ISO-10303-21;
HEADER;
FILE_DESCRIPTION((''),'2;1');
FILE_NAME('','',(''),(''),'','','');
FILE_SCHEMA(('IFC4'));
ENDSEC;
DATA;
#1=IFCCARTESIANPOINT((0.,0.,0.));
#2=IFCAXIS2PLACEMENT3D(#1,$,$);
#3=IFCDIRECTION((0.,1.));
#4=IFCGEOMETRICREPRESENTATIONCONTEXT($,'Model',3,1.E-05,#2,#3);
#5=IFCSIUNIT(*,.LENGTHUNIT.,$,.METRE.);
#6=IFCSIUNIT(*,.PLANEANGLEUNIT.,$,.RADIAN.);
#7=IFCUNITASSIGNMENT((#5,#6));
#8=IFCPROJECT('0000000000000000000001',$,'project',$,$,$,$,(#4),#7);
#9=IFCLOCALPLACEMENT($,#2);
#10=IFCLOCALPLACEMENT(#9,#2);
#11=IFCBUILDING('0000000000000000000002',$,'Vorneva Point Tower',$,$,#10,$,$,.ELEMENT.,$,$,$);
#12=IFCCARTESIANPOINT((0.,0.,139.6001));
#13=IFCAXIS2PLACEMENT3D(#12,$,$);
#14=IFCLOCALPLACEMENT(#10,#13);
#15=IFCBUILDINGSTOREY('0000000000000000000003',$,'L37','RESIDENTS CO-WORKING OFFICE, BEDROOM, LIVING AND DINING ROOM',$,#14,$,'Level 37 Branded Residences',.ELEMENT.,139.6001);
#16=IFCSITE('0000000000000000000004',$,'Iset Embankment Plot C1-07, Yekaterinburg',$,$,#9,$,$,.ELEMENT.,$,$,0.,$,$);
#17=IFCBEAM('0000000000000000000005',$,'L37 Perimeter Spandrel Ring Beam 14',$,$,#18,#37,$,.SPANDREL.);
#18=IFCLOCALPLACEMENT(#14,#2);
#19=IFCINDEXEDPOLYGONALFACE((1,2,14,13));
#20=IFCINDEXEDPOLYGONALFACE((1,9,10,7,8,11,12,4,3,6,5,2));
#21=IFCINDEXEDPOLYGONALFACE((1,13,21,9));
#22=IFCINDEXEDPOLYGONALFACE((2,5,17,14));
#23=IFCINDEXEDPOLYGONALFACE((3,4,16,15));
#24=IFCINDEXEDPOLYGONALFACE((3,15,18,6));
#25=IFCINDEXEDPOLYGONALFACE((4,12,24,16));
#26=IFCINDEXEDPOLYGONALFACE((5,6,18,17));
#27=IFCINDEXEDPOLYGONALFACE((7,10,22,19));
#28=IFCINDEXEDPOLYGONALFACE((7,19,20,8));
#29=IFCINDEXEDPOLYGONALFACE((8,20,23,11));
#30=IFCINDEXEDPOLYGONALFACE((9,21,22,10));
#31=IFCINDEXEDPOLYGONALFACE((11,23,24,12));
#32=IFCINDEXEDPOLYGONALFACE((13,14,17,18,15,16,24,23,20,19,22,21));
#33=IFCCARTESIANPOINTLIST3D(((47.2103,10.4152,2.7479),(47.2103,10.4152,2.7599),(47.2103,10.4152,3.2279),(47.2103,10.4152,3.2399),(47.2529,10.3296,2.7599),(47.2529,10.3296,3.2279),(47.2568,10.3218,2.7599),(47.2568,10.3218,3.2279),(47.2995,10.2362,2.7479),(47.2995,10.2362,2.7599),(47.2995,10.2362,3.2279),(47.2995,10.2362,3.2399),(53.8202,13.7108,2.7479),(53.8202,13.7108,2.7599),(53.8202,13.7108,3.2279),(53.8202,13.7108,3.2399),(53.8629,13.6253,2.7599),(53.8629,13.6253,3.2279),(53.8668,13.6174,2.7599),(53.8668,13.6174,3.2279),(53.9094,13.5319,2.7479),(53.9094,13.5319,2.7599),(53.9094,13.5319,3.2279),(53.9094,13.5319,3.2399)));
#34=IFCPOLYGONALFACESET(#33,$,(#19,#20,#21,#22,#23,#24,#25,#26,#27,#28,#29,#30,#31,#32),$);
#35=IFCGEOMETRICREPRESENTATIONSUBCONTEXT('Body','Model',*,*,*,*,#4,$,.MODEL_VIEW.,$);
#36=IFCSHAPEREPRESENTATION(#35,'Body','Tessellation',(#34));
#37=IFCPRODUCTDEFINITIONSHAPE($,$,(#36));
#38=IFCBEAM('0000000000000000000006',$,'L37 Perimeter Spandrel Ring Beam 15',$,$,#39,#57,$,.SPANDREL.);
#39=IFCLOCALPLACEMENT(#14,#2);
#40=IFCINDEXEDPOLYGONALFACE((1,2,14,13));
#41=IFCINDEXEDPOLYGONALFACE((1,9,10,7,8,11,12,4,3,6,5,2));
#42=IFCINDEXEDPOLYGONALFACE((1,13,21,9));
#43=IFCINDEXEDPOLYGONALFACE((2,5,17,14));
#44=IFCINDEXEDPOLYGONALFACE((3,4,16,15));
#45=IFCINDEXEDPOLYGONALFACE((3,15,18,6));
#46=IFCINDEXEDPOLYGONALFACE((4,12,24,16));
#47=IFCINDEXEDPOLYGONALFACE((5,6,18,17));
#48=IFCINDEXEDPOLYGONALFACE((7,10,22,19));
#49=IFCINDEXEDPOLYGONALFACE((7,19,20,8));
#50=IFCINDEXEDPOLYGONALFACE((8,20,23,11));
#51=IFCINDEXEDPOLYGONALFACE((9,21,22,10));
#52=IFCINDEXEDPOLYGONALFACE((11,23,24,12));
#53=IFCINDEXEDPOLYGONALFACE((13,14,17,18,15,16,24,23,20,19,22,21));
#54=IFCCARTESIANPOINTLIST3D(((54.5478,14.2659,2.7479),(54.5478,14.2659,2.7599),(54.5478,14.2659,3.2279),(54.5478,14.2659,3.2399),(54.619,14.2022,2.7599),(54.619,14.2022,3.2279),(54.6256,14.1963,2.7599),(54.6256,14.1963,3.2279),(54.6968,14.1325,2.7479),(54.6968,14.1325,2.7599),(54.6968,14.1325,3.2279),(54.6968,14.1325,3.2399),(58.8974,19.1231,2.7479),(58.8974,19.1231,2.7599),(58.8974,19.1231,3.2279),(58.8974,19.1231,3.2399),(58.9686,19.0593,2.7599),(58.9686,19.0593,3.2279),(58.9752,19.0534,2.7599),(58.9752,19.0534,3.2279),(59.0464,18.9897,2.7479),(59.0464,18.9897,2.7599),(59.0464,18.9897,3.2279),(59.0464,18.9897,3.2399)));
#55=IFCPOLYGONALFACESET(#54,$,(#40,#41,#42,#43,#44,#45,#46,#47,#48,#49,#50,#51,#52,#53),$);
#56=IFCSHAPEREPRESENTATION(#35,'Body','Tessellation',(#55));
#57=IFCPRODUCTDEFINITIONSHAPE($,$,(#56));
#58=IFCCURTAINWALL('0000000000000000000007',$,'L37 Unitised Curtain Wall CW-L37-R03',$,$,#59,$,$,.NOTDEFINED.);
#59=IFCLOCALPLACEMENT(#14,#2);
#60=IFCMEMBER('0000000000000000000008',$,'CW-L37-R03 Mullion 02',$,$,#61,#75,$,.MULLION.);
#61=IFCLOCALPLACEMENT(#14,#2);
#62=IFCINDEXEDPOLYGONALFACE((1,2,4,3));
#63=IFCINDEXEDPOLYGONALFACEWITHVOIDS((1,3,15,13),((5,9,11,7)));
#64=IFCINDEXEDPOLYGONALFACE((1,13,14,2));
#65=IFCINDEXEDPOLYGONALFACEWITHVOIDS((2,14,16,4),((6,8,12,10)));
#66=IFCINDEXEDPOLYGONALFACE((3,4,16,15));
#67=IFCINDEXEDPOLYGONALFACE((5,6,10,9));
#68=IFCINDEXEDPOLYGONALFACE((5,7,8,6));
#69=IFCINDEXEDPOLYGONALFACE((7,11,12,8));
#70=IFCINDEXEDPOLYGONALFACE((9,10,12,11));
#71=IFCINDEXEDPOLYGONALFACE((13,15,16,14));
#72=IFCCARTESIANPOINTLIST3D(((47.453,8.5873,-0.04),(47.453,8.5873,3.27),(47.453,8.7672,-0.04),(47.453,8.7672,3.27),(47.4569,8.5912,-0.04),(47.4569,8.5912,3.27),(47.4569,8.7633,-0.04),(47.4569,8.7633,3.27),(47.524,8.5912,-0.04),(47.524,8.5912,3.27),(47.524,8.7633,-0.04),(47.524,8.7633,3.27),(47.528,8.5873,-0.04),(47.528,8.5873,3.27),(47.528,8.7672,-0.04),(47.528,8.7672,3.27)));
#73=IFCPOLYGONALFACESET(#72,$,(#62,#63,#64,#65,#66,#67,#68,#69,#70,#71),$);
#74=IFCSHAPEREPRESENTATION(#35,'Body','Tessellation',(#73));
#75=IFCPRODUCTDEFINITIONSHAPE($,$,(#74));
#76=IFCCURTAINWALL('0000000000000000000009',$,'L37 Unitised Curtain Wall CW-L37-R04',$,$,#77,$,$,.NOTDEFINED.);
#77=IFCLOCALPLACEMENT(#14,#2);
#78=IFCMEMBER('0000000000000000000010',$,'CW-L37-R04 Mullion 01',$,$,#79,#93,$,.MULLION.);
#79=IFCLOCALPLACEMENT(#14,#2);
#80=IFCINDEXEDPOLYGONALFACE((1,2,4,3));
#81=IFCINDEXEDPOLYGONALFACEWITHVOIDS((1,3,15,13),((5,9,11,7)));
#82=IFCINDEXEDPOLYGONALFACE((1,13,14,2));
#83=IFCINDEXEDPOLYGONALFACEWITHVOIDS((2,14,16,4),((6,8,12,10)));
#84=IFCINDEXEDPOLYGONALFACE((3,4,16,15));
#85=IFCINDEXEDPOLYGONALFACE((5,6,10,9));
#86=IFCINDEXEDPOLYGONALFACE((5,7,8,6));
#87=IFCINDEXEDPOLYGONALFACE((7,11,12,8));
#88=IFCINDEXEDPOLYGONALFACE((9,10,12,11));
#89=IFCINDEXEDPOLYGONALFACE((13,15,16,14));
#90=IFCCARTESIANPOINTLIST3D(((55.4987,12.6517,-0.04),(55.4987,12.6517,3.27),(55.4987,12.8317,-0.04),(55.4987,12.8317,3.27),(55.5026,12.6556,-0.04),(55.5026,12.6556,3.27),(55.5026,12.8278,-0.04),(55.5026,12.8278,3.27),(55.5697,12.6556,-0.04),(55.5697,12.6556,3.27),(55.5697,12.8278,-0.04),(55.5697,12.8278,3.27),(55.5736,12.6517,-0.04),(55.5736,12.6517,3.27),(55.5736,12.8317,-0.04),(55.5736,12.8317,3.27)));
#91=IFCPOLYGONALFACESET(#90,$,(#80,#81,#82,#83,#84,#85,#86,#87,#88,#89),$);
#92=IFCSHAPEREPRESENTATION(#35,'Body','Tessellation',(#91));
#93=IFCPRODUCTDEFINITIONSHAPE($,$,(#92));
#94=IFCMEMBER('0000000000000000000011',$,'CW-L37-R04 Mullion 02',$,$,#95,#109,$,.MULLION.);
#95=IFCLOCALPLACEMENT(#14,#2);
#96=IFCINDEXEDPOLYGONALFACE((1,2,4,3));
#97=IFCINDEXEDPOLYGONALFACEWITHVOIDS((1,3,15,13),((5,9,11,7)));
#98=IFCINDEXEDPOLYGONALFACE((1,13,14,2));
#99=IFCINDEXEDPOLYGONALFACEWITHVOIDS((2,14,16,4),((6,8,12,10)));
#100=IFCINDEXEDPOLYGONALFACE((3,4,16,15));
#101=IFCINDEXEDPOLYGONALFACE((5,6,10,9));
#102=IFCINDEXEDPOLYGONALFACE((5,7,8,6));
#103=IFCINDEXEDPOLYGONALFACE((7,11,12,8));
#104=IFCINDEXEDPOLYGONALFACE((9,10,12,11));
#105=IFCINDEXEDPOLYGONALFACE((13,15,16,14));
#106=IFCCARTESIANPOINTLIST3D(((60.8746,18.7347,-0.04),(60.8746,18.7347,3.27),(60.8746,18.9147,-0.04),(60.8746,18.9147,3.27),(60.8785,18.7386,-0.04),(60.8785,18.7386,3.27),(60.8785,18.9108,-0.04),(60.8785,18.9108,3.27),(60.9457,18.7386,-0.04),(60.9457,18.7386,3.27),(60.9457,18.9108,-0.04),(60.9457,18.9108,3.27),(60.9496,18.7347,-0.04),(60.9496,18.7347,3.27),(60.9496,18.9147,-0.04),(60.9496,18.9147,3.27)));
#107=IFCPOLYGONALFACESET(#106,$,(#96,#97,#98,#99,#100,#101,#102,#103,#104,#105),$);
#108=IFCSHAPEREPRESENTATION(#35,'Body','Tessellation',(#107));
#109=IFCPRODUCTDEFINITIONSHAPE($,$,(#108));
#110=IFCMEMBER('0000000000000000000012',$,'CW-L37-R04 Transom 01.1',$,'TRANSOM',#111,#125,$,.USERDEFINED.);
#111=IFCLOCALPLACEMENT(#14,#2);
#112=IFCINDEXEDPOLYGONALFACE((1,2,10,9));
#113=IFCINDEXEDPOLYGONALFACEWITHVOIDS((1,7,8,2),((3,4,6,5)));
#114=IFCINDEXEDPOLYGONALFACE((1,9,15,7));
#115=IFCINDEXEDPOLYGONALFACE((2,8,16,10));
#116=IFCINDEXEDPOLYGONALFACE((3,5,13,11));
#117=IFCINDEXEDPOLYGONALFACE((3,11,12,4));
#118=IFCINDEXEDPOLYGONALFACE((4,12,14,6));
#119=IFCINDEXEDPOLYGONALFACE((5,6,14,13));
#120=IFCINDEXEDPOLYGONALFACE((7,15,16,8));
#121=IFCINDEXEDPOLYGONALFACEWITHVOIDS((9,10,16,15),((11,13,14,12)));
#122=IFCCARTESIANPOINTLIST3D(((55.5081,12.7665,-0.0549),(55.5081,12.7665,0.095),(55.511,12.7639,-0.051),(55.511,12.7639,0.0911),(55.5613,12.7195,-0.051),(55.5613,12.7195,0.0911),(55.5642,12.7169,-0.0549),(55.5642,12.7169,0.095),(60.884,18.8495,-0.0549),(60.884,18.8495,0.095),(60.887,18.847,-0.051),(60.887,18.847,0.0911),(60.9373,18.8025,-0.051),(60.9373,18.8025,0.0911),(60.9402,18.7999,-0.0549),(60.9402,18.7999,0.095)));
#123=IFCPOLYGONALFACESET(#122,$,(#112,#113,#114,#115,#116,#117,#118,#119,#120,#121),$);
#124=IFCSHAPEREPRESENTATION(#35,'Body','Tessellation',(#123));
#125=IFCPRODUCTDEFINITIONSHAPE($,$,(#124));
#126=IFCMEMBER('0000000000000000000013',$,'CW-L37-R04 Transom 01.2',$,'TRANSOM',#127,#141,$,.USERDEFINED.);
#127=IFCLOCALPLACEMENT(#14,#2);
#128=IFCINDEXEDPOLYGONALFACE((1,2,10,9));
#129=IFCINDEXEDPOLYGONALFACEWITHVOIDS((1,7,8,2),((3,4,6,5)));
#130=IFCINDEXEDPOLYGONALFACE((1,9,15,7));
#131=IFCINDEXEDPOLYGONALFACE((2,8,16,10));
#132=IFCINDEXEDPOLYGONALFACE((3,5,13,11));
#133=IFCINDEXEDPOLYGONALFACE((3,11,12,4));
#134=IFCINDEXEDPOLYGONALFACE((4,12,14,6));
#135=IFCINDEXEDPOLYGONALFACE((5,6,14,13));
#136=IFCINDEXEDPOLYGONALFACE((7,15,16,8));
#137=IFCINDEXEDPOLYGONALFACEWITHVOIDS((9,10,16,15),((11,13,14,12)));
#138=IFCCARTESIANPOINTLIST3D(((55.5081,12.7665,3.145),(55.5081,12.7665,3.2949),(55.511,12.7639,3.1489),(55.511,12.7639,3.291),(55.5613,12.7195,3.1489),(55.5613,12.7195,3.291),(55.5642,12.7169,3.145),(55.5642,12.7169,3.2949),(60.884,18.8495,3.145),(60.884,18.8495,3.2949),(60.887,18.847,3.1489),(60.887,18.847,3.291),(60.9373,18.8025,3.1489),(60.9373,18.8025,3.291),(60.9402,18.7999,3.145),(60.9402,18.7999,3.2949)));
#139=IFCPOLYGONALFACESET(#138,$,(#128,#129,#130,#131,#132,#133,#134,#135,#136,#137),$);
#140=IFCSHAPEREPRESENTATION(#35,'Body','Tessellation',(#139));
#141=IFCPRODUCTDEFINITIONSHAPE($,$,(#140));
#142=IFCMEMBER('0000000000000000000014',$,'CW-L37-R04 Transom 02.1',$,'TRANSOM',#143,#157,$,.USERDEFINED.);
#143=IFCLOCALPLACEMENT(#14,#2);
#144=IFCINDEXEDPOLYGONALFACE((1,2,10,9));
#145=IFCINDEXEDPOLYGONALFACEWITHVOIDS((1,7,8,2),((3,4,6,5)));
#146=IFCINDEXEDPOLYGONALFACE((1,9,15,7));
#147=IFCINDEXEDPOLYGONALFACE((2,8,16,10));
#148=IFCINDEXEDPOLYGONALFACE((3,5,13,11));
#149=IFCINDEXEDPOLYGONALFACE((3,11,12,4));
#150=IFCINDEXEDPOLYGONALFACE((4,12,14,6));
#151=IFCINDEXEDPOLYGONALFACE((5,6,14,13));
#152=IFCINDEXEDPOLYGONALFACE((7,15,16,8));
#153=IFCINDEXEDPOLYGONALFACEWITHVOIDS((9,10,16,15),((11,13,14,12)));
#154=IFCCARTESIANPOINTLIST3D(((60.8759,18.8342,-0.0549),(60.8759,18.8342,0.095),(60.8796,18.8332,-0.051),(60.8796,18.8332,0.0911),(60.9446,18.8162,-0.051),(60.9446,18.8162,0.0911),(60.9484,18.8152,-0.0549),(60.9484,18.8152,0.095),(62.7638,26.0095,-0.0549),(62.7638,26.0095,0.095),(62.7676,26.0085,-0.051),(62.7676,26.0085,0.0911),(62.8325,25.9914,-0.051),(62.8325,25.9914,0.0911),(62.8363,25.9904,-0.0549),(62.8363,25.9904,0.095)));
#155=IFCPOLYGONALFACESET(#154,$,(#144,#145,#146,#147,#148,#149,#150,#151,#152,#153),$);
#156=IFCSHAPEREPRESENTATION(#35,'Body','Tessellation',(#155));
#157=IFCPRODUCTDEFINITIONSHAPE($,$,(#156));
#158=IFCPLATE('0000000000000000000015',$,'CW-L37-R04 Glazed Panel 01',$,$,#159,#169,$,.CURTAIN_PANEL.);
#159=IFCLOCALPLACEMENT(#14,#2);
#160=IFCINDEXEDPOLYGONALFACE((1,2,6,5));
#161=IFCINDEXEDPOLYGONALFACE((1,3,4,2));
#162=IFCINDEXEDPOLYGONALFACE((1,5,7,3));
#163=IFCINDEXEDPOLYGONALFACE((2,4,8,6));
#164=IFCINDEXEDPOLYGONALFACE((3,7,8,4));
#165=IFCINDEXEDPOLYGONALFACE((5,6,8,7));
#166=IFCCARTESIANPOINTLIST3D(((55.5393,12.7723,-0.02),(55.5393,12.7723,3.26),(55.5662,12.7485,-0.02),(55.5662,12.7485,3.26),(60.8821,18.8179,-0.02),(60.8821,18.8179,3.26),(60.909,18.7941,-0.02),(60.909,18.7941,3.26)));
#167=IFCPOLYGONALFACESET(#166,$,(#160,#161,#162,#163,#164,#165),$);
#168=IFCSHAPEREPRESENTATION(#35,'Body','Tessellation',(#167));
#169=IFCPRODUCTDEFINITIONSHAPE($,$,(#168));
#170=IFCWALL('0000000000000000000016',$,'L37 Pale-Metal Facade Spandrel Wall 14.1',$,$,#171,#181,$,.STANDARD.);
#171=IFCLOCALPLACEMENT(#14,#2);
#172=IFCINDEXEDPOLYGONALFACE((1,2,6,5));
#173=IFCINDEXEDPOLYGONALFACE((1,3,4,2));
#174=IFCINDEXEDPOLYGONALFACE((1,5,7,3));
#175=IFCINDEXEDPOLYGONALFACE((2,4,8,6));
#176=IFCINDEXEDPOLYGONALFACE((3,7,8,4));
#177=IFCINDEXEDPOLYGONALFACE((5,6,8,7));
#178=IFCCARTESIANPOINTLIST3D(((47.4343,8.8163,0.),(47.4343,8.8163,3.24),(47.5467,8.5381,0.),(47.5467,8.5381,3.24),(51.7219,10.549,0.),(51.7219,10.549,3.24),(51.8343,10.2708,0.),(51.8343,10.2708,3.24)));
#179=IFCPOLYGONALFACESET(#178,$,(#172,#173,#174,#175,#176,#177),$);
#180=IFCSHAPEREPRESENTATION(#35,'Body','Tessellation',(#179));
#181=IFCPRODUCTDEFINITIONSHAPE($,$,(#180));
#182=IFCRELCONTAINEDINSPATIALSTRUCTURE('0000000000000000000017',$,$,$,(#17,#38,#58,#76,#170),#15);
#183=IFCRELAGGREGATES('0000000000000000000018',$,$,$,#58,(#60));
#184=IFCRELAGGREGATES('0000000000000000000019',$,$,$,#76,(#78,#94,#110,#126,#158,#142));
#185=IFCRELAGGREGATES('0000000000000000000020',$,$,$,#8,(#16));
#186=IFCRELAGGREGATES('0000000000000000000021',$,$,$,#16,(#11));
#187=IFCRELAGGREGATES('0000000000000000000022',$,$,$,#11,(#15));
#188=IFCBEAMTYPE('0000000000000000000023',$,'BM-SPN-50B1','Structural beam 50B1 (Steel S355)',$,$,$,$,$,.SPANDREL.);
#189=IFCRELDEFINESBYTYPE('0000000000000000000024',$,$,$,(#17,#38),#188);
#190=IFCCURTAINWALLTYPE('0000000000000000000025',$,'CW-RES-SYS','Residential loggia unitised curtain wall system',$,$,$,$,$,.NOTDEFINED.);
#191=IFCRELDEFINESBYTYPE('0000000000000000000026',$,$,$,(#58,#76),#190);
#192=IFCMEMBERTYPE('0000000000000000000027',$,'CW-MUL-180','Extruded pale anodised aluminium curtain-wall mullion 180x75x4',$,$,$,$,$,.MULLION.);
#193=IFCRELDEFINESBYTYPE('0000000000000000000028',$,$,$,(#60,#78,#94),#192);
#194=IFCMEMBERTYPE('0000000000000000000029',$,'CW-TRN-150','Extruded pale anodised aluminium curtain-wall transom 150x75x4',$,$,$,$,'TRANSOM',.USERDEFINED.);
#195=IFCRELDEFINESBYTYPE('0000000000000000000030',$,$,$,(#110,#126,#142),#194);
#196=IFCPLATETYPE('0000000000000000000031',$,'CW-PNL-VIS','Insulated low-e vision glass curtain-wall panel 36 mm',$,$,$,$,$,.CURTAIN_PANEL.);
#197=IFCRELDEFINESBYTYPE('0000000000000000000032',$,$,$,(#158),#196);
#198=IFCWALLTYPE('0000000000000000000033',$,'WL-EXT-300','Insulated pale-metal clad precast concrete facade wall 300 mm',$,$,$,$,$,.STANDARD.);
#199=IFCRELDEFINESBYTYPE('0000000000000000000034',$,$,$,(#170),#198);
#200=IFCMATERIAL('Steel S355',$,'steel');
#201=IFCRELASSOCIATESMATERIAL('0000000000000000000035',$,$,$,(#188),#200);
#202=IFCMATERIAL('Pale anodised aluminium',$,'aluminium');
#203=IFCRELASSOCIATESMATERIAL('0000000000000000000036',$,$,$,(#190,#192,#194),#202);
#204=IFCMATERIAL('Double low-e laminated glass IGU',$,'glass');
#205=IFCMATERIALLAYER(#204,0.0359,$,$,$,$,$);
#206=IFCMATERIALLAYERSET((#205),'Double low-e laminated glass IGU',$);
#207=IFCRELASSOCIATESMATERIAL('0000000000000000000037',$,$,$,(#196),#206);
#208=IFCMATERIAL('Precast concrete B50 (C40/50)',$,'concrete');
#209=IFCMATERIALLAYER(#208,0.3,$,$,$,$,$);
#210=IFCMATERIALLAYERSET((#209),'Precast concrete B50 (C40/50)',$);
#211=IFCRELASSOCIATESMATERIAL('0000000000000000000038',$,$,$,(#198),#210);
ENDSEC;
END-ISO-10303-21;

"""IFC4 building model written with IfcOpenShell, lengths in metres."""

from ifc_helpers import new_model, si_unit, direction, frame, frame_2d, origin, origin_2d, place, context, subcontext, project, spatial, rectangle, hollow_rectangle, i_section, extrude, material, layer, layer_set, material_profile, profile_set, type_object, element, aggregate, save


model = new_model("IFC4")

# Units and contexts
model_context = context("Model", 3, precision=1e-05, world=origin(), true_north=direction((0.0, 1.0)))
body_context = subcontext(model_context, "Body", "Model", "MODEL_VIEW")
ifc_project = project(units=[si_unit("LENGTHUNIT", "METRE"), si_unit("PLANEANGLEUNIT", "RADIAN")], contexts=[model_context])

# Site, building, storey
site_placement = place(None, origin())
site = spatial("IfcSite", under=ifc_project, at=site_placement, Name="Iset Embankment Plot C1-07, Yekaterinburg", CompositionType="ELEMENT", RefElevation=0.0)
building_placement = place(site_placement, origin())
building = spatial("IfcBuilding", under=site, at=building_placement, Name="Vorneva Point Tower", CompositionType="ELEMENT")
storey_placement = place(building_placement, frame((0.0, 0.0, 139.6001)))
storey = spatial("IfcBuildingStorey", under=building, at=storey_placement, Name="L37", Description="RESIDENTS CO-WORKING OFFICE, BEDROOM, LIVING AND DINING ROOM", LongName="Level 37 Branded Residences", CompositionType="ELEMENT", Elevation=139.6001)

# Beams
ifc_material_1 = material(Name="Steel S355", Category="steel")
ifc_material_profile_1 = material_profile(ifc_material_1, i_section(OverallWidth=0.2, OverallDepth=0.4919, WebThickness=0.0088, FlangeThickness=0.012, at=origin_2d()), Name="50B1")
ifc_profile_set_1 = profile_set([ifc_material_profile_1], Name="Steel S355")
beam_type_1 = type_object("IfcBeamType", Name="BM-SPN-50B1", Description="Structural beam 50B1 (Steel S355)", PredefinedType="SPANDREL", material=ifc_profile_set_1)
beam_1_placement = place(storey_placement, frame((47.2549, 10.3257, 2.9939), z_axis=(0.894929, 0.446208, 0.0), x_axis=(-0.446208, 0.894929, 0.0)))
element("IfcBeam", 1, at=beam_1_placement, inside=storey, type_object=beam_type_1, Name="L37 Perimeter Spandrel Ring Beam 14", PredefinedType="SPANDREL", context=body_context, shape_type="SweptSolid", body=[
    extrude(i_section(OverallWidth=0.2, OverallDepth=0.4919, WebThickness=0.0088, FlangeThickness=0.012, at=origin_2d()), origin(), (0.0, 0.0, 1.0), 7.386),
])
beam_2_placement = place(storey_placement, frame((54.6223, 14.1992, 2.9939), z_axis=(0.667111, 0.744958, 0.0), x_axis=(-0.744958, 0.667111, 0.0)))
element("IfcBeam", 2, at=beam_2_placement, inside=storey, type_object=beam_type_1, Name="L37 Perimeter Spandrel Ring Beam 15", PredefinedType="SPANDREL", context=body_context, shape_type="SweptSolid", body=[
    extrude(i_section(OverallWidth=0.2, OverallDepth=0.4919, WebThickness=0.0088, FlangeThickness=0.012, at=origin_2d()), origin(), (0.0, 0.0, 1.0), 6.52),
])

# Curtain wall, member
ifc_material_2 = material(Name="Pale anodised aluminium", Category="aluminium")
curtain_wall_type = type_object("IfcCurtainWallType", Name="CW-RES-SYS", Description="Residential loggia unitised curtain wall system", PredefinedType="NOTDEFINED", material=ifc_material_2)
curtain_wall_1_placement = place(storey_placement, origin())
curtain_wall_1 = element("IfcCurtainWall", 3, at=curtain_wall_1_placement, inside=storey, type_object=curtain_wall_type, Name="L37 Unitised Curtain Wall CW-L37-R03", PredefinedType="NOTDEFINED")
ifc_material_profile_2 = material_profile(ifc_material_2, hollow_rectangle(XDim=0.075, YDim=0.1799, WallThickness=0.0039, at=origin_2d()), Name="AL-MUL 180x75x4")
ifc_profile_set_2 = profile_set([ifc_material_profile_2], Name="Pale anodised aluminium")
member_type_1 = type_object("IfcMemberType", Name="CW-MUL-180", Description="Extruded pale anodised aluminium curtain-wall mullion 180x75x4", PredefinedType="MULLION", material=ifc_profile_set_2)
member_1_placement = place(storey_placement, frame((47.4905, 8.6772, -0.04), z_axis=(0.0, 0.0, 1.0), x_axis=(1.0, 0.0, 0.0)))
member_1 = element("IfcMember", 4, at=member_1_placement, type_object=member_type_1, Name="CW-L37-R03 Mullion 02", PredefinedType="MULLION", context=body_context, shape_type="SweptSolid", body=[
    extrude(hollow_rectangle(XDim=0.075, YDim=0.1799, WallThickness=0.0039, at=origin_2d()), origin(), (0.0, 0.0, 1.0), 3.3101),
])
aggregate(curtain_wall_1, [member_1])

# Curtain wall, members, plate
curtain_wall_2_placement = place(storey_placement, origin())
curtain_wall_2 = element("IfcCurtainWall", 5, at=curtain_wall_2_placement, inside=storey, type_object=curtain_wall_type, Name="L37 Unitised Curtain Wall CW-L37-R04", PredefinedType="NOTDEFINED")
member_2_placement = place(storey_placement, frame((55.5361, 12.7417, -0.04), z_axis=(0.0, 0.0, 1.0), x_axis=(1.0, 0.0, 0.0)))
member_2 = element("IfcMember", 6, at=member_2_placement, type_object=member_type_1, Name="CW-L37-R04 Mullion 01", PredefinedType="MULLION", context=body_context, shape_type="SweptSolid", body=[
    extrude(hollow_rectangle(XDim=0.075, YDim=0.1799, WallThickness=0.0039, at=origin_2d()), origin(), (0.0, 0.0, 1.0), 3.3101),
])
member_3_placement = place(storey_placement, frame((60.9121, 18.8247, -0.04), z_axis=(0.0, 0.0, 1.0), x_axis=(1.0, 0.0, 0.0)))
member_3 = element("IfcMember", 7, at=member_3_placement, type_object=member_type_1, Name="CW-L37-R04 Mullion 02", PredefinedType="MULLION", context=body_context, shape_type="SweptSolid", body=[
    extrude(hollow_rectangle(XDim=0.075, YDim=0.1799, WallThickness=0.0039, at=origin_2d()), origin(), (0.0, 0.0, 1.0), 3.3101),
])
ifc_material_profile_3 = material_profile(ifc_material_2, hollow_rectangle(XDim=0.075, YDim=0.1499, WallThickness=0.0039, at=origin_2d()), Name="AL-TRN 150x75x4")
ifc_profile_set_3 = profile_set([ifc_material_profile_3], Name="Pale anodised aluminium")
member_type_2 = type_object("IfcMemberType", Name="CW-TRN-150", Description="Extruded pale anodised aluminium curtain-wall transom 150x75x4", ElementType="TRANSOM", PredefinedType="USERDEFINED", material=ifc_profile_set_3)
member_4_placement = place(storey_placement, frame((55.5361, 12.7417, 0.02), z_axis=(0.662218, 0.749311, 0.0), x_axis=(-0.749311, 0.662218, 0.0)))
member_4 = element("IfcMember", 8, at=member_4_placement, type_object=member_type_2, Name="CW-L37-R04 Transom 01.1", ObjectType="TRANSOM", PredefinedType="USERDEFINED", context=body_context, shape_type="SweptSolid", body=[
    extrude(hollow_rectangle(XDim=0.075, YDim=0.1499, WallThickness=0.0039, at=origin_2d()), origin(), (0.0, 0.0, 1.0), 8.1182),
])
member_5_placement = place(storey_placement, frame((55.5361, 12.7417, 3.22), z_axis=(0.662218, 0.749311, 0.0), x_axis=(-0.749311, 0.662218, 0.0)))
member_5 = element("IfcMember", 9, at=member_5_placement, type_object=member_type_2, Name="CW-L37-R04 Transom 01.2", ObjectType="TRANSOM", PredefinedType="USERDEFINED", context=body_context, shape_type="SweptSolid", body=[
    extrude(hollow_rectangle(XDim=0.075, YDim=0.1499, WallThickness=0.0039, at=origin_2d()), origin(), (0.0, 0.0, 1.0), 8.1182),
])
member_6_placement = place(storey_placement, frame((60.9121, 18.8247, 0.02), z_axis=(0.254456, 0.967084, 0.0), x_axis=(-0.967084, 0.254456, 0.0)))
member_6 = element("IfcMember", 10, at=member_6_placement, type_object=member_type_2, Name="CW-L37-R04 Transom 02.1", ObjectType="TRANSOM", PredefinedType="USERDEFINED", context=body_context, shape_type="SweptSolid", body=[
    extrude(hollow_rectangle(XDim=0.075, YDim=0.1499, WallThickness=0.0039, at=origin_2d()), origin(), (0.0, 0.0, 1.0), 7.4194),
])
ifc_material_3 = material(Name="Double low-e laminated glass IGU", Category="glass")
ifc_layer_1 = layer(ifc_material_3, 0.0359)
ifc_layer_set_1 = layer_set([ifc_layer_1], Name="Double low-e laminated glass IGU")
plate_type = type_object("IfcPlateType", Name="CW-PNL-VIS", Description="Insulated low-e vision glass curtain-wall panel 36 mm", PredefinedType="CURTAIN_PANEL", material=ifc_layer_set_1)
plate_placement = place(storey_placement, frame((58.2241, 15.7832, -0.02), z_axis=(0.0, 0.0, 1.0), x_axis=(0.662215, 0.749314, 0.0)))
plate = element("IfcPlate", 11, at=plate_placement, type_object=plate_type, Name="CW-L37-R04 Glazed Panel 01", PredefinedType="CURTAIN_PANEL", context=body_context, shape_type="SweptSolid", body=[
    extrude(rectangle(XDim=8.0681, YDim=0.0359, at=origin_2d()), origin(), (0.0, 0.0, 1.0), 3.28),
])
aggregate(curtain_wall_2, [member_2, member_3, member_4, member_5, plate, member_6])

# Wall
ifc_material_4 = material(Name="Precast concrete B50 (C40/50)", Category="concrete")
ifc_layer_2 = layer(ifc_material_4, 0.3)
ifc_layer_set_2 = layer_set([ifc_layer_2], Name="Precast concrete B50 (C40/50)")
wall_type_1 = type_object("IfcWallType", Name="WL-EXT-300", Description="Insulated pale-metal clad precast concrete facade wall 300 mm", PredefinedType="STANDARD", material=ifc_layer_set_2)
wall_1_placement = place(storey_placement, frame((47.4905, 8.6772, 0.0), z_axis=(0.0, 0.0, 1.0), x_axis=(0.927157, 0.374674, 0.0)))
element("IfcWall", 12, at=wall_1_placement, inside=storey, type_object=wall_type_1, Name="L37 Pale-Metal Facade Spandrel Wall 14.1", PredefinedType="STANDARD", context=body_context, shape_type="SweptSolid", body=[
    extrude(rectangle(XDim=4.6245, YDim=0.3, at=frame_2d((2.3123, 0.0))), origin(), (0.0, 0.0, 1.0), 3.24),
])

save(model, "model.ifc")
